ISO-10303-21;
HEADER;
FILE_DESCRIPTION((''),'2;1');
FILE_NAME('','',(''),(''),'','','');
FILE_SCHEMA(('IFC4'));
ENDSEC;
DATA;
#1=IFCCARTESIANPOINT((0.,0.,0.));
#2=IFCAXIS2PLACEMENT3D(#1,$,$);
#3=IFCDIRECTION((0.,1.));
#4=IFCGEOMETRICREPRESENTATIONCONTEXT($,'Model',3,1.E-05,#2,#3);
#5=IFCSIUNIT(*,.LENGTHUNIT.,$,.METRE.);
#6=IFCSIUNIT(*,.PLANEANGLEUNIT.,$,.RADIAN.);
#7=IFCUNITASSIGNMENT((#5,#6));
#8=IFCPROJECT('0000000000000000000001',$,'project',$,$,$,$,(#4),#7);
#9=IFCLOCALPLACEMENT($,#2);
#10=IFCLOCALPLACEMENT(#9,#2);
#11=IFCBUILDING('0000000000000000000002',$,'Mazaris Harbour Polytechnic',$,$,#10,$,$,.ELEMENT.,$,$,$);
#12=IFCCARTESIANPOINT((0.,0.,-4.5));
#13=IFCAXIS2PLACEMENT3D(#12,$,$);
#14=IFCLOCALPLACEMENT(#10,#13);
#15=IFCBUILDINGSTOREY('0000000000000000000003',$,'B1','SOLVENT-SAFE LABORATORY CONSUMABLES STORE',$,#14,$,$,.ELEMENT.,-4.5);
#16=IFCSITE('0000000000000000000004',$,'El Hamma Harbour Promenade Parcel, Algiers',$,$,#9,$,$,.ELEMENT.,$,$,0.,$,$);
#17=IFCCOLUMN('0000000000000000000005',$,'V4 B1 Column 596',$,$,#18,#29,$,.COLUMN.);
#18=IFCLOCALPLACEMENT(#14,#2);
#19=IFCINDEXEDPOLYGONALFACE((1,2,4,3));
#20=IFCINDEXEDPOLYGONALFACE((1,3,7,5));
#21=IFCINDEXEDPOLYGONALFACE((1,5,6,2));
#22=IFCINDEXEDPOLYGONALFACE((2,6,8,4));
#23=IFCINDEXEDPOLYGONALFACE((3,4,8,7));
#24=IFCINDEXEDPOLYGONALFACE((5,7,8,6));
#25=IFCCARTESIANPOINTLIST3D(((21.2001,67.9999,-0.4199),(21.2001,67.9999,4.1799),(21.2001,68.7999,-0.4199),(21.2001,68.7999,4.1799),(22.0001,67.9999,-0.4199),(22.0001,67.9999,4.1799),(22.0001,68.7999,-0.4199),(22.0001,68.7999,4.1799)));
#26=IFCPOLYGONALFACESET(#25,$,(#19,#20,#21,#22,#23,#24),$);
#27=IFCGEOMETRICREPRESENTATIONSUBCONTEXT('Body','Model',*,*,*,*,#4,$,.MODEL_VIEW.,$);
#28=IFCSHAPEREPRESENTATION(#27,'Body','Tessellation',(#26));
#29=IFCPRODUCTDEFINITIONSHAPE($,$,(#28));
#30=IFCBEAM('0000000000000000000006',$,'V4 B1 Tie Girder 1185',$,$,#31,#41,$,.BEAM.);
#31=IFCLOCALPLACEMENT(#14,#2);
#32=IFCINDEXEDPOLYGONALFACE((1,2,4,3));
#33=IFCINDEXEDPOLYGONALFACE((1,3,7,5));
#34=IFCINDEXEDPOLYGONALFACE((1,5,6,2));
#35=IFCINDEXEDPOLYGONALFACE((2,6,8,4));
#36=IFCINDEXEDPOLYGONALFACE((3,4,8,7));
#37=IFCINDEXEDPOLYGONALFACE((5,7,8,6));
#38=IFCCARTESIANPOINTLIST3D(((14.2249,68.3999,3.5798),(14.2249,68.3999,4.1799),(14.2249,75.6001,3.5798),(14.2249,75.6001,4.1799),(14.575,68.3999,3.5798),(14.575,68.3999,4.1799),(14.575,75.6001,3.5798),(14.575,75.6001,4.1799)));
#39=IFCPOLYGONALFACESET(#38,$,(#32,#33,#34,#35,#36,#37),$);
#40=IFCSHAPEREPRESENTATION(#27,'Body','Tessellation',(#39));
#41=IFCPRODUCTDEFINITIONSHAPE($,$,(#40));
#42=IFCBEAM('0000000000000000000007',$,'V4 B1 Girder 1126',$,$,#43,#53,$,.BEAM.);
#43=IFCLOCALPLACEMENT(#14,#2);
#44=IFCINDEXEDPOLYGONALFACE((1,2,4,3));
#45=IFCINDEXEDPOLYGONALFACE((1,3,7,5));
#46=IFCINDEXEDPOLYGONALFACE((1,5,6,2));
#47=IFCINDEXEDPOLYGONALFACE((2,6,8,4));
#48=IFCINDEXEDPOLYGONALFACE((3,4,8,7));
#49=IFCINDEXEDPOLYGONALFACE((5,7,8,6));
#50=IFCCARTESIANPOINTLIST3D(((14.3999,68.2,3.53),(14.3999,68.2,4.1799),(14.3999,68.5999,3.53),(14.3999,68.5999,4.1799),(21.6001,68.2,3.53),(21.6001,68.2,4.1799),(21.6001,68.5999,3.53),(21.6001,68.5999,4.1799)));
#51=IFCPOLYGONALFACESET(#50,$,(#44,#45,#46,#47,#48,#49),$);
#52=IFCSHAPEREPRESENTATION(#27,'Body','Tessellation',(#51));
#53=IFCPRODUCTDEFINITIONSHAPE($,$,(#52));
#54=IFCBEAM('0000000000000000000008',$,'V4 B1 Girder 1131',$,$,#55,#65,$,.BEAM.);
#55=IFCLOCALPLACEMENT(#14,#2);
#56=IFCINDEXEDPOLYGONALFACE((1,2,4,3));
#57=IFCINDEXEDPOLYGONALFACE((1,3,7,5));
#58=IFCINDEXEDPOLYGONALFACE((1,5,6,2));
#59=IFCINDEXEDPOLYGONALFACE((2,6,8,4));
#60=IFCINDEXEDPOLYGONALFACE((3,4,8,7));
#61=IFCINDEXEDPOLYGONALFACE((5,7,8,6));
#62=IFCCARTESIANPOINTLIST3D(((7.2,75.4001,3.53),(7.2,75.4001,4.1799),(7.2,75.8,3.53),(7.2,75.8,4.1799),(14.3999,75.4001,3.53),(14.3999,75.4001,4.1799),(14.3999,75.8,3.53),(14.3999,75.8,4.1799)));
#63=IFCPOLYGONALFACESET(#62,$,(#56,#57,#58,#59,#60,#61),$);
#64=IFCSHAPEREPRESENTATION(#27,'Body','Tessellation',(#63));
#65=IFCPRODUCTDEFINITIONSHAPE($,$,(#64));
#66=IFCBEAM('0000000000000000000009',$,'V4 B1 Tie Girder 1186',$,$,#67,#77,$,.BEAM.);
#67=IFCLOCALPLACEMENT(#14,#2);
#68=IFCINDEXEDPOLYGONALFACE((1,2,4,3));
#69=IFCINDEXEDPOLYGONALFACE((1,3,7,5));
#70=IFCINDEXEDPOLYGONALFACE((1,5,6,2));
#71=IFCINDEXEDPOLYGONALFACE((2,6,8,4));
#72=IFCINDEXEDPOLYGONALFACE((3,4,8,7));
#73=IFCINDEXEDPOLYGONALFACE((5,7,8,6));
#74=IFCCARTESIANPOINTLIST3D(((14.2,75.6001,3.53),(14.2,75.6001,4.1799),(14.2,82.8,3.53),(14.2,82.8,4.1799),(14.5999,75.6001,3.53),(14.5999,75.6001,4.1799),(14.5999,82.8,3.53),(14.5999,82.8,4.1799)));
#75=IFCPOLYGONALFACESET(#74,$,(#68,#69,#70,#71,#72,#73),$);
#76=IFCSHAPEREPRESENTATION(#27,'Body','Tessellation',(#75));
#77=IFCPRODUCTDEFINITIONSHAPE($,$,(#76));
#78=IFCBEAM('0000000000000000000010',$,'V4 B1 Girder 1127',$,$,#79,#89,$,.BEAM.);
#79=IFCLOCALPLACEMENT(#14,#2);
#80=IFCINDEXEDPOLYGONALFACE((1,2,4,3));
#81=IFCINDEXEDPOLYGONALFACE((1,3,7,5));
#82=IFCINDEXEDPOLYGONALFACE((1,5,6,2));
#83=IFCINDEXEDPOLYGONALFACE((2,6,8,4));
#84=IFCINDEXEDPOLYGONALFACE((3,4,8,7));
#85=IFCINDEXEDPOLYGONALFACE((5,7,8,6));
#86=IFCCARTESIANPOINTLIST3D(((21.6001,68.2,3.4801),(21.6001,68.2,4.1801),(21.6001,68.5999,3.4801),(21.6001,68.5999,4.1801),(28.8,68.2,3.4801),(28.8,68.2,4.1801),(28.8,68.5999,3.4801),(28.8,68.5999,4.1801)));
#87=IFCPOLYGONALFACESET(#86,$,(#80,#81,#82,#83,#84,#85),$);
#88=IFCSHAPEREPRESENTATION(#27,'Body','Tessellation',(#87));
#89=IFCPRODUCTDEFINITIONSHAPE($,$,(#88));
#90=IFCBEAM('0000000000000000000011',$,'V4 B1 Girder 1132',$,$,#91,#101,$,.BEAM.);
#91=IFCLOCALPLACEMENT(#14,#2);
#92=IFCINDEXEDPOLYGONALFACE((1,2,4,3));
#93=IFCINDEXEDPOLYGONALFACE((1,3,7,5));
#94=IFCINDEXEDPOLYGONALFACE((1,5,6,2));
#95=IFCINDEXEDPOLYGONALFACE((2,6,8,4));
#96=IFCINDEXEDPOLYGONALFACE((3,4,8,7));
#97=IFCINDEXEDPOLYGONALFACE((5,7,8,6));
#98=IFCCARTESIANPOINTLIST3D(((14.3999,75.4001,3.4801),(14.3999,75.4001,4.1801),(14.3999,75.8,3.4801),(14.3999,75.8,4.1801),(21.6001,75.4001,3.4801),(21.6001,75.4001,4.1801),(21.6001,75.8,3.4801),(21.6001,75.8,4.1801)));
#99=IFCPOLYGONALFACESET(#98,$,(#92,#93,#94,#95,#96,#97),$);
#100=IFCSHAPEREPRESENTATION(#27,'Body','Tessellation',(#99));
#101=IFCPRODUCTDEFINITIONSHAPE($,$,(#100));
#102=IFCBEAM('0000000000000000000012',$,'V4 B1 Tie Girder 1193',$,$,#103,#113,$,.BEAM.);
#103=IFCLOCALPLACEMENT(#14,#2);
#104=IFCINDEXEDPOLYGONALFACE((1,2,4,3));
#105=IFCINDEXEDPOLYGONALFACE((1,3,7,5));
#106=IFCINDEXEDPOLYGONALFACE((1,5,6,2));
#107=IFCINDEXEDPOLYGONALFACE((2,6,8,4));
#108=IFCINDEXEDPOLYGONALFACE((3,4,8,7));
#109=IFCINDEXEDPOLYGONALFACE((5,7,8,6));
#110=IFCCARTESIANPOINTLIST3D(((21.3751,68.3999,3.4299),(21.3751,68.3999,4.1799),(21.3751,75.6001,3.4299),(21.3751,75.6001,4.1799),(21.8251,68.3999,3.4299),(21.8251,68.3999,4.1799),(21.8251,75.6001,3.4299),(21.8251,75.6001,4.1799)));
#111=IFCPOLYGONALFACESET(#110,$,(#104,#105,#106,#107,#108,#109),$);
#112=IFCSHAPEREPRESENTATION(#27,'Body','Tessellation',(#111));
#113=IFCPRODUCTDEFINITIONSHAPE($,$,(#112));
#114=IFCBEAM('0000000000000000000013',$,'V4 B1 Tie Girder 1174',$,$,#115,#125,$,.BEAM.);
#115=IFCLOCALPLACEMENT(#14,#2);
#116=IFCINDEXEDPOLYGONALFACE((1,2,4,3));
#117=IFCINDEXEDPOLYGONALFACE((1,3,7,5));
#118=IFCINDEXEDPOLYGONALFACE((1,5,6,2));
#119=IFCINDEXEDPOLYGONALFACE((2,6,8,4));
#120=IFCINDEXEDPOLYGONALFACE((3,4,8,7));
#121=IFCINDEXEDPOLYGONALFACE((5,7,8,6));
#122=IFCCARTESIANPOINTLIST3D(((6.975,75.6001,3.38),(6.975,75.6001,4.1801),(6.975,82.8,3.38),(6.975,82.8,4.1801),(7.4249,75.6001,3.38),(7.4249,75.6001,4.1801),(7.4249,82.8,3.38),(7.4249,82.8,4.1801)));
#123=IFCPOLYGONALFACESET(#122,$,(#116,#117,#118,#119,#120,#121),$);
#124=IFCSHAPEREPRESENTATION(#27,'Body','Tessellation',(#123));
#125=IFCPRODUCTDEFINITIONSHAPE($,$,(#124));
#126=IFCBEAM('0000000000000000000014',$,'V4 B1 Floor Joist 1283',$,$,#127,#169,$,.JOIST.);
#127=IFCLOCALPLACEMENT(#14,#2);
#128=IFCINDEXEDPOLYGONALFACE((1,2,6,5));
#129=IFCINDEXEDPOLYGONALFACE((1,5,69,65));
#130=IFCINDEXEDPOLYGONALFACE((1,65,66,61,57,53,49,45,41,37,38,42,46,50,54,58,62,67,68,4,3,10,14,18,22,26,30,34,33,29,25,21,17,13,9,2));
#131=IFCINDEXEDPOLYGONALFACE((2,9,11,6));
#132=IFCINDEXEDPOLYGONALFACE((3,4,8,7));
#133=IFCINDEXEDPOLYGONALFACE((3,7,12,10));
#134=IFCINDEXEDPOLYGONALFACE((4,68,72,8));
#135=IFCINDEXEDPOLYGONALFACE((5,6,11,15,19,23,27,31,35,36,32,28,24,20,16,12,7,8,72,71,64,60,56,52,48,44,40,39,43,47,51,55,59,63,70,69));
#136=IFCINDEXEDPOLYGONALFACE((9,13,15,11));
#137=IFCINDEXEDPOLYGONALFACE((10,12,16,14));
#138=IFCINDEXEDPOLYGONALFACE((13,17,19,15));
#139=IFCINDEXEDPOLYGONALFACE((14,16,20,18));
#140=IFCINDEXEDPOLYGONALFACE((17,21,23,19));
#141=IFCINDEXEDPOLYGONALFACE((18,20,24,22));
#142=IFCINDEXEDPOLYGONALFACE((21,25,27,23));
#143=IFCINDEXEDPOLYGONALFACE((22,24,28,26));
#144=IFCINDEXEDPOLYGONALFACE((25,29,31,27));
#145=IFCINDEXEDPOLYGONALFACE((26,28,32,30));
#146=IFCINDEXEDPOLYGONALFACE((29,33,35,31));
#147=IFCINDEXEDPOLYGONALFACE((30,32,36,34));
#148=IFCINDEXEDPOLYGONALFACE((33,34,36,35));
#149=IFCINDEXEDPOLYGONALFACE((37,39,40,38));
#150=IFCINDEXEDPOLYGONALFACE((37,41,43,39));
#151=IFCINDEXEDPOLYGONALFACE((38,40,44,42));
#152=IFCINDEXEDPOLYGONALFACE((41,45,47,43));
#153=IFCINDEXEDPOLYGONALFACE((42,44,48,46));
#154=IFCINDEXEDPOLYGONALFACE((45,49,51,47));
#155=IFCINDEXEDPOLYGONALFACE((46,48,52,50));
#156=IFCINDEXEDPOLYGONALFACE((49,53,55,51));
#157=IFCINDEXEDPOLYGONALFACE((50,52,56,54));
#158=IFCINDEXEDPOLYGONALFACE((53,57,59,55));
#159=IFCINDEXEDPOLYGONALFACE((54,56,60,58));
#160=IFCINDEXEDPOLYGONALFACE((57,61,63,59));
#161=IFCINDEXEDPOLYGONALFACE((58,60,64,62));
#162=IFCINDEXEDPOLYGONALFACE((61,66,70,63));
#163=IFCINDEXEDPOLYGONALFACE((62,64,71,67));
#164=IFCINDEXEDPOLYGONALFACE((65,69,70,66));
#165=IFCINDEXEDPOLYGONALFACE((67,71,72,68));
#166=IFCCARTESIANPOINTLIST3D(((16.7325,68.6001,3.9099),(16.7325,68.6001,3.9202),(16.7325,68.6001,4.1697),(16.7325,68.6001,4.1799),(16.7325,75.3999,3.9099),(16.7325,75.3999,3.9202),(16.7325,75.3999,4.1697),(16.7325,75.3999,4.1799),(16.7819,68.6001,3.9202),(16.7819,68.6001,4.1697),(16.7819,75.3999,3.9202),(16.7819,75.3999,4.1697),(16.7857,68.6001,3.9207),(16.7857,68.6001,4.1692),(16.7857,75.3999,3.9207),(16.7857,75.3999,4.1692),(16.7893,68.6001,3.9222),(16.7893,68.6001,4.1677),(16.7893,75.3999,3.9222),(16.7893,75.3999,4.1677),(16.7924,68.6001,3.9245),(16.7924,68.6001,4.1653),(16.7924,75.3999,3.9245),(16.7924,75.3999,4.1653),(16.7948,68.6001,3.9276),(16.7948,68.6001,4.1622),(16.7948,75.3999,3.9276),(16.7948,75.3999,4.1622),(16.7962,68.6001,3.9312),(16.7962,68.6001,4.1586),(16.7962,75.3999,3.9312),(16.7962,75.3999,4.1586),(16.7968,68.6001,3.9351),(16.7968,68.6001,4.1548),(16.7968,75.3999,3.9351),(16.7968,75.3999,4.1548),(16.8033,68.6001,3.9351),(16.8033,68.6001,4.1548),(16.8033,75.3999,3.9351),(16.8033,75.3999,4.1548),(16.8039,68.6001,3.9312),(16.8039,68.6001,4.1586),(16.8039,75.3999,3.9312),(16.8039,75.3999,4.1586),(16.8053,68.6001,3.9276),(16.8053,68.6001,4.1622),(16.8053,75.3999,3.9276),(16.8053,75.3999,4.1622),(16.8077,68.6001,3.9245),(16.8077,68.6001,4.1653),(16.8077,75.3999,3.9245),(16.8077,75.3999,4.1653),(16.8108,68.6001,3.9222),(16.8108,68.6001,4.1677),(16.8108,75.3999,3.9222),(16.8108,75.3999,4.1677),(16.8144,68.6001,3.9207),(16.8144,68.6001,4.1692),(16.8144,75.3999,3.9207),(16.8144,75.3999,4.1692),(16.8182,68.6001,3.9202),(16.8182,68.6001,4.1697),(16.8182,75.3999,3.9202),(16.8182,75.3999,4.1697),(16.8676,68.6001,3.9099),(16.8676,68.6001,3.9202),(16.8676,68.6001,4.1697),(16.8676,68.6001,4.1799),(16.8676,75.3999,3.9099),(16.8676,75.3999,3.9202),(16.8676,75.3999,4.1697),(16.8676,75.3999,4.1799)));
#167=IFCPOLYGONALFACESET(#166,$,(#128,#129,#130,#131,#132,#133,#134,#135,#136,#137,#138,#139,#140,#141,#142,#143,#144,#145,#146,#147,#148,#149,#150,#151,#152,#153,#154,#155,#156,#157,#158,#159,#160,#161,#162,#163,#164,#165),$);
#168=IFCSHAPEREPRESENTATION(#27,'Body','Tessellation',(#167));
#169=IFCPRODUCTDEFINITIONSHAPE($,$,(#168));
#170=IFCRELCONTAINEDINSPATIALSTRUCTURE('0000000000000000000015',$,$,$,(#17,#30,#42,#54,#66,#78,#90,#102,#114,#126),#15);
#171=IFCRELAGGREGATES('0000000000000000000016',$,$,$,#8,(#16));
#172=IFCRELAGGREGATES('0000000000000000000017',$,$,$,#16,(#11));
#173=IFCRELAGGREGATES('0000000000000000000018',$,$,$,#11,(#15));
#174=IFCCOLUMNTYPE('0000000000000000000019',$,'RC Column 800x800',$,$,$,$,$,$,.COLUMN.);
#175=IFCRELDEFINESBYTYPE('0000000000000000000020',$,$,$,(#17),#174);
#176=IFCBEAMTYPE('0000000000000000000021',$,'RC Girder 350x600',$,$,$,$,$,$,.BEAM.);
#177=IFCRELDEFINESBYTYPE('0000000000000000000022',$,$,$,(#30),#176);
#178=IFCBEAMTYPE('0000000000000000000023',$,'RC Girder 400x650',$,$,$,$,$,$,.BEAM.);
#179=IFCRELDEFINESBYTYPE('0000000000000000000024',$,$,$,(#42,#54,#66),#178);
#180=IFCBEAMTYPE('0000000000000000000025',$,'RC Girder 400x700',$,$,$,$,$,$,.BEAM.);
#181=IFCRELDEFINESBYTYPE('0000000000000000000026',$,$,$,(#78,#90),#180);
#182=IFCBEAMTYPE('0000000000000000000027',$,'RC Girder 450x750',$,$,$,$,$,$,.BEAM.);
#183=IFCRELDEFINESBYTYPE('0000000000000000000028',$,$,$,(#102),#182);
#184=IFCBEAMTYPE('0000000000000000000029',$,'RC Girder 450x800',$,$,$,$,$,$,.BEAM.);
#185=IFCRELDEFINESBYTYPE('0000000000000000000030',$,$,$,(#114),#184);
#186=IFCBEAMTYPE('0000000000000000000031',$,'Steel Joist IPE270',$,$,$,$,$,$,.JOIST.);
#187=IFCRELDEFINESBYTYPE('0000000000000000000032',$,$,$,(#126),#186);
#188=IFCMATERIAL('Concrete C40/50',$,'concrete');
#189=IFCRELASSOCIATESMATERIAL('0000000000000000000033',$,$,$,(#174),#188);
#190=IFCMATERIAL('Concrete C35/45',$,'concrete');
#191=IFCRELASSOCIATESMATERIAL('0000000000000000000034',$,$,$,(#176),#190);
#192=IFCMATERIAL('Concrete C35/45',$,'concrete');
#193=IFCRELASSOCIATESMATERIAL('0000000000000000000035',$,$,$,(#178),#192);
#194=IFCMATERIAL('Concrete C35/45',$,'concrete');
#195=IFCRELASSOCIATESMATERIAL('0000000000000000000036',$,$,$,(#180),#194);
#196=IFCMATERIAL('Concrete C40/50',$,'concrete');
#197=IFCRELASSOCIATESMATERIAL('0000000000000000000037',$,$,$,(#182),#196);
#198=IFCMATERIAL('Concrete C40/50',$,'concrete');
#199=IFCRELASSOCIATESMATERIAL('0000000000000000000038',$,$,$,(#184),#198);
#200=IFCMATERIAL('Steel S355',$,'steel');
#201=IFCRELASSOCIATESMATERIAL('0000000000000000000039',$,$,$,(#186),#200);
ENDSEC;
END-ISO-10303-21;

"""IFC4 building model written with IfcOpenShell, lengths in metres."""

from ifc_helpers import new_model, si_unit, direction, frame, origin, origin_2d, place, context, subcontext, project, spatial, rectangle, i_section, extrude, material, material_profile, profile_set, type_object, element, save


model = new_model("IFC4")

# Units and contexts
model_context = context("Model", 3, precision=1e-05, world=origin(), true_north=direction((0.0, 1.0)))
body_context = subcontext(model_context, "Body", "Model", "MODEL_VIEW")
ifc_project = project(units=[si_unit("LENGTHUNIT", "METRE"), si_unit("PLANEANGLEUNIT", "RADIAN")], contexts=[model_context])

# Site, building, storey
site_placement = place(None, origin())
site = spatial("IfcSite", under=ifc_project, at=site_placement, Name="El Hamma Harbour Promenade Parcel, Algiers", CompositionType="ELEMENT", RefElevation=0.0)
building_placement = place(site_placement, origin())
building = spatial("IfcBuilding", under=site, at=building_placement, Name="Mazaris Harbour Polytechnic", CompositionType="ELEMENT")
storey_placement = place(building_placement, frame((0.0, 0.0, -4.5)))
storey = spatial("IfcBuildingStorey", under=building, at=storey_placement, Name="B1", Description="SOLVENT-SAFE LABORATORY CONSUMABLES STORE", CompositionType="ELEMENT", Elevation=-4.5)

# Column
ifc_material_1 = material(Name="Concrete C40/50", Category="concrete")
ifc_material_profile_1 = material_profile(ifc_material_1, rectangle(XDim=0.8, YDim=0.8, at=origin_2d()), Name="RECT800x800")
ifc_profile_set_1 = profile_set([ifc_material_profile_1], Name="Concrete C40/50")
column_type_1 = type_object("IfcColumnType", Name="RC Column 800x800", PredefinedType="COLUMN", material=ifc_profile_set_1)
column_1_placement = place(storey_placement, frame((21.6001, 68.3999, -0.4199), z_axis=(0.0, 0.0, 1.0), x_axis=(1.0, 0.0, 0.0)))
element("IfcColumn", 1, at=column_1_placement, inside=storey, type_object=column_type_1, Name="V4 B1 Column 596", PredefinedType="COLUMN", context=body_context, shape_type="SweptSolid", body=[
    extrude(rectangle(XDim=0.8, YDim=0.8, at=origin_2d()), origin(), (0.0, 0.0, 1.0), 4.5999),
])

# Beams
ifc_material_2 = material(Name="Concrete C35/45", Category="concrete")
ifc_material_profile_2 = material_profile(ifc_material_2, rectangle(XDim=0.3501, YDim=0.6001, at=origin_2d()), Name="RECT350x600")
ifc_profile_set_2 = profile_set([ifc_material_profile_2], Name="Concrete C35/45")
beam_type_1 = type_object("IfcBeamType", Name="RC Girder 350x600", PredefinedType="BEAM", material=ifc_profile_set_2)
beam_1_placement = place(storey_placement, frame((14.3999, 68.3999, 3.8799), z_axis=(0.0, 1.0, 0.0), x_axis=(-1.0, 0.0, 0.0)))
element("IfcBeam", 2, at=beam_1_placement, inside=storey, type_object=beam_type_1, Name="V4 B1 Tie Girder 1185", PredefinedType="BEAM", context=body_context, shape_type="SweptSolid", body=[
    extrude(rectangle(XDim=0.3501, YDim=0.6001, at=origin_2d()), origin(), (0.0, 0.0, 1.0), 7.2002),
])
ifc_material_3 = material(Name="Concrete C35/45", Category="concrete")
ifc_material_profile_3 = material_profile(ifc_material_3, rectangle(XDim=0.3999, YDim=0.6499, at=origin_2d()), Name="RECT400x650")
ifc_profile_set_3 = profile_set([ifc_material_profile_3], Name="Concrete C35/45")
beam_type_2 = type_object("IfcBeamType", Name="RC Girder 400x650", PredefinedType="BEAM", material=ifc_profile_set_3)
beam_2_placement = place(storey_placement, frame((14.3999, 68.3999, 3.855), z_axis=(1.0, 0.0, 0.0), x_axis=(0.0, 1.0, 0.0)))
element("IfcBeam", 3, at=beam_2_placement, inside=storey, type_object=beam_type_2, Name="V4 B1 Girder 1126", PredefinedType="BEAM", context=body_context, shape_type="SweptSolid", body=[
    extrude(rectangle(XDim=0.3999, YDim=0.6499, at=origin_2d()), origin(), (0.0, 0.0, 1.0), 7.2002),
])
for number, where, z_axis, x_axis, name in (
    (4, (7.2, 75.6001, 3.855), (1.0, 0.0, 0.0), (0.0, 1.0, 0.0), "V4 B1 Girder 1131"),
    (5, (14.3999, 75.6001, 3.855), (0.0, 1.0, 0.0), (-1.0, 0.0, 0.0), "V4 B1 Tie Girder 1186"),
):
    element("IfcBeam", number, at=place(storey_placement, frame(where, z_axis=z_axis, x_axis=x_axis)), inside=storey, type_object=beam_type_2, Name=name, PredefinedType="BEAM", context=body_context, shape_type="SweptSolid", body=[
        extrude(rectangle(XDim=0.3999, YDim=0.6499, at=origin_2d()), origin(), (0.0, 0.0, 1.0), 7.2),
    ])
ifc_material_4 = material(Name="Concrete C35/45", Category="concrete")
ifc_material_profile_4 = material_profile(ifc_material_4, rectangle(XDim=0.3999, YDim=0.7, at=origin_2d()), Name="RECT400x700")
ifc_profile_set_4 = profile_set([ifc_material_profile_4], Name="Concrete C35/45")
beam_type_3 = type_object("IfcBeamType", Name="RC Girder 400x700", PredefinedType="BEAM", material=ifc_profile_set_4)
beam_3_placement = place(storey_placement, frame((21.6001, 68.3999, 3.8301), z_axis=(1.0, 0.0, 0.0), x_axis=(0.0, 1.0, 0.0)))
element("IfcBeam", 6, at=beam_3_placement, inside=storey, type_object=beam_type_3, Name="V4 B1 Girder 1127", PredefinedType="BEAM", context=body_context, shape_type="SweptSolid", body=[
    extrude(rectangle(XDim=0.3999, YDim=0.7, at=origin_2d()), origin(), (0.0, 0.0, 1.0), 7.2),
])
beam_4_placement = place(storey_placement, frame((14.3999, 75.6001, 3.8301), z_axis=(1.0, 0.0, 0.0), x_axis=(0.0, 1.0, 0.0)))
element("IfcBeam", 7, at=beam_4_placement, inside=storey, type_object=beam_type_3, Name="V4 B1 Girder 1132", PredefinedType="BEAM", context=body_context, shape_type="SweptSolid", body=[
    extrude(rectangle(XDim=0.3999, YDim=0.7, at=origin_2d()), origin(), (0.0, 0.0, 1.0), 7.2002),
])
ifc_material_5 = material(Name="Concrete C40/50", Category="concrete")
ifc_material_profile_5 = material_profile(ifc_material_5, rectangle(XDim=0.45, YDim=0.75, at=origin_2d()), Name="RECT450x750")
ifc_profile_set_5 = profile_set([ifc_material_profile_5], Name="Concrete C40/50")
beam_type_4 = type_object("IfcBeamType", Name="RC Girder 450x750", PredefinedType="BEAM", material=ifc_profile_set_5)
beam_5_placement = place(storey_placement, frame((21.6001, 68.3999, 3.8049), z_axis=(0.0, 1.0, 0.0), x_axis=(-1.0, 0.0, 0.0)))
element("IfcBeam", 8, at=beam_5_placement, inside=storey, type_object=beam_type_4, Name="V4 B1 Tie Girder 1193", PredefinedType="BEAM", context=body_context, shape_type="SweptSolid", body=[
    extrude(rectangle(XDim=0.45, YDim=0.75, at=origin_2d()), origin(), (0.0, 0.0, 1.0), 7.2002),
])
ifc_material_6 = material(Name="Concrete C40/50", Category="concrete")
ifc_material_profile_6 = material_profile(ifc_material_6, rectangle(XDim=0.45, YDim=0.8, at=origin_2d()), Name="RECT450x800")
ifc_profile_set_6 = profile_set([ifc_material_profile_6], Name="Concrete C40/50")
beam_type_5 = type_object("IfcBeamType", Name="RC Girder 450x800", PredefinedType="BEAM", material=ifc_profile_set_6)
beam_6_placement = place(storey_placement, frame((7.2, 75.6001, 3.78), z_axis=(0.0, 1.0, 0.0), x_axis=(-1.0, 0.0, 0.0)))
element("IfcBeam", 9, at=beam_6_placement, inside=storey, type_object=beam_type_5, Name="V4 B1 Tie Girder 1174", PredefinedType="BEAM", context=body_context, shape_type="SweptSolid", body=[
    extrude(rectangle(XDim=0.45, YDim=0.8, at=origin_2d()), origin(), (0.0, 0.0, 1.0), 7.2),
])
ifc_material_7 = material(Name="Steel S355", Category="steel")
ifc_material_profile_7 = material_profile(ifc_material_7, i_section(OverallWidth=0.135, OverallDepth=0.27, WebThickness=0.0066, FlangeThickness=0.0103, FilletRadius=0.0149, at=origin_2d()), Name="IPE 270")
ifc_profile_set_7 = profile_set([ifc_material_profile_7], Name="Steel S355")
beam_type_6 = type_object("IfcBeamType", Name="Steel Joist IPE270", PredefinedType="JOIST", material=ifc_profile_set_7)
beam_7_placement = place(storey_placement, frame((16.8, 68.6001, 4.0449), z_axis=(0.0, 1.0, 0.0), x_axis=(-1.0, 0.0, 0.0)))
element("IfcBeam", 10, at=beam_7_placement, inside=storey, type_object=beam_type_6, Name="V4 B1 Floor Joist 1283", PredefinedType="JOIST", context=body_context, shape_type="SweptSolid", body=[
    extrude(i_section(OverallWidth=0.135, OverallDepth=0.27, WebThickness=0.0066, FlangeThickness=0.0103, FilletRadius=0.0149, at=origin_2d()), origin(), (0.0, 0.0, 1.0), 6.7998),
])

save(model, "model.ifc")
